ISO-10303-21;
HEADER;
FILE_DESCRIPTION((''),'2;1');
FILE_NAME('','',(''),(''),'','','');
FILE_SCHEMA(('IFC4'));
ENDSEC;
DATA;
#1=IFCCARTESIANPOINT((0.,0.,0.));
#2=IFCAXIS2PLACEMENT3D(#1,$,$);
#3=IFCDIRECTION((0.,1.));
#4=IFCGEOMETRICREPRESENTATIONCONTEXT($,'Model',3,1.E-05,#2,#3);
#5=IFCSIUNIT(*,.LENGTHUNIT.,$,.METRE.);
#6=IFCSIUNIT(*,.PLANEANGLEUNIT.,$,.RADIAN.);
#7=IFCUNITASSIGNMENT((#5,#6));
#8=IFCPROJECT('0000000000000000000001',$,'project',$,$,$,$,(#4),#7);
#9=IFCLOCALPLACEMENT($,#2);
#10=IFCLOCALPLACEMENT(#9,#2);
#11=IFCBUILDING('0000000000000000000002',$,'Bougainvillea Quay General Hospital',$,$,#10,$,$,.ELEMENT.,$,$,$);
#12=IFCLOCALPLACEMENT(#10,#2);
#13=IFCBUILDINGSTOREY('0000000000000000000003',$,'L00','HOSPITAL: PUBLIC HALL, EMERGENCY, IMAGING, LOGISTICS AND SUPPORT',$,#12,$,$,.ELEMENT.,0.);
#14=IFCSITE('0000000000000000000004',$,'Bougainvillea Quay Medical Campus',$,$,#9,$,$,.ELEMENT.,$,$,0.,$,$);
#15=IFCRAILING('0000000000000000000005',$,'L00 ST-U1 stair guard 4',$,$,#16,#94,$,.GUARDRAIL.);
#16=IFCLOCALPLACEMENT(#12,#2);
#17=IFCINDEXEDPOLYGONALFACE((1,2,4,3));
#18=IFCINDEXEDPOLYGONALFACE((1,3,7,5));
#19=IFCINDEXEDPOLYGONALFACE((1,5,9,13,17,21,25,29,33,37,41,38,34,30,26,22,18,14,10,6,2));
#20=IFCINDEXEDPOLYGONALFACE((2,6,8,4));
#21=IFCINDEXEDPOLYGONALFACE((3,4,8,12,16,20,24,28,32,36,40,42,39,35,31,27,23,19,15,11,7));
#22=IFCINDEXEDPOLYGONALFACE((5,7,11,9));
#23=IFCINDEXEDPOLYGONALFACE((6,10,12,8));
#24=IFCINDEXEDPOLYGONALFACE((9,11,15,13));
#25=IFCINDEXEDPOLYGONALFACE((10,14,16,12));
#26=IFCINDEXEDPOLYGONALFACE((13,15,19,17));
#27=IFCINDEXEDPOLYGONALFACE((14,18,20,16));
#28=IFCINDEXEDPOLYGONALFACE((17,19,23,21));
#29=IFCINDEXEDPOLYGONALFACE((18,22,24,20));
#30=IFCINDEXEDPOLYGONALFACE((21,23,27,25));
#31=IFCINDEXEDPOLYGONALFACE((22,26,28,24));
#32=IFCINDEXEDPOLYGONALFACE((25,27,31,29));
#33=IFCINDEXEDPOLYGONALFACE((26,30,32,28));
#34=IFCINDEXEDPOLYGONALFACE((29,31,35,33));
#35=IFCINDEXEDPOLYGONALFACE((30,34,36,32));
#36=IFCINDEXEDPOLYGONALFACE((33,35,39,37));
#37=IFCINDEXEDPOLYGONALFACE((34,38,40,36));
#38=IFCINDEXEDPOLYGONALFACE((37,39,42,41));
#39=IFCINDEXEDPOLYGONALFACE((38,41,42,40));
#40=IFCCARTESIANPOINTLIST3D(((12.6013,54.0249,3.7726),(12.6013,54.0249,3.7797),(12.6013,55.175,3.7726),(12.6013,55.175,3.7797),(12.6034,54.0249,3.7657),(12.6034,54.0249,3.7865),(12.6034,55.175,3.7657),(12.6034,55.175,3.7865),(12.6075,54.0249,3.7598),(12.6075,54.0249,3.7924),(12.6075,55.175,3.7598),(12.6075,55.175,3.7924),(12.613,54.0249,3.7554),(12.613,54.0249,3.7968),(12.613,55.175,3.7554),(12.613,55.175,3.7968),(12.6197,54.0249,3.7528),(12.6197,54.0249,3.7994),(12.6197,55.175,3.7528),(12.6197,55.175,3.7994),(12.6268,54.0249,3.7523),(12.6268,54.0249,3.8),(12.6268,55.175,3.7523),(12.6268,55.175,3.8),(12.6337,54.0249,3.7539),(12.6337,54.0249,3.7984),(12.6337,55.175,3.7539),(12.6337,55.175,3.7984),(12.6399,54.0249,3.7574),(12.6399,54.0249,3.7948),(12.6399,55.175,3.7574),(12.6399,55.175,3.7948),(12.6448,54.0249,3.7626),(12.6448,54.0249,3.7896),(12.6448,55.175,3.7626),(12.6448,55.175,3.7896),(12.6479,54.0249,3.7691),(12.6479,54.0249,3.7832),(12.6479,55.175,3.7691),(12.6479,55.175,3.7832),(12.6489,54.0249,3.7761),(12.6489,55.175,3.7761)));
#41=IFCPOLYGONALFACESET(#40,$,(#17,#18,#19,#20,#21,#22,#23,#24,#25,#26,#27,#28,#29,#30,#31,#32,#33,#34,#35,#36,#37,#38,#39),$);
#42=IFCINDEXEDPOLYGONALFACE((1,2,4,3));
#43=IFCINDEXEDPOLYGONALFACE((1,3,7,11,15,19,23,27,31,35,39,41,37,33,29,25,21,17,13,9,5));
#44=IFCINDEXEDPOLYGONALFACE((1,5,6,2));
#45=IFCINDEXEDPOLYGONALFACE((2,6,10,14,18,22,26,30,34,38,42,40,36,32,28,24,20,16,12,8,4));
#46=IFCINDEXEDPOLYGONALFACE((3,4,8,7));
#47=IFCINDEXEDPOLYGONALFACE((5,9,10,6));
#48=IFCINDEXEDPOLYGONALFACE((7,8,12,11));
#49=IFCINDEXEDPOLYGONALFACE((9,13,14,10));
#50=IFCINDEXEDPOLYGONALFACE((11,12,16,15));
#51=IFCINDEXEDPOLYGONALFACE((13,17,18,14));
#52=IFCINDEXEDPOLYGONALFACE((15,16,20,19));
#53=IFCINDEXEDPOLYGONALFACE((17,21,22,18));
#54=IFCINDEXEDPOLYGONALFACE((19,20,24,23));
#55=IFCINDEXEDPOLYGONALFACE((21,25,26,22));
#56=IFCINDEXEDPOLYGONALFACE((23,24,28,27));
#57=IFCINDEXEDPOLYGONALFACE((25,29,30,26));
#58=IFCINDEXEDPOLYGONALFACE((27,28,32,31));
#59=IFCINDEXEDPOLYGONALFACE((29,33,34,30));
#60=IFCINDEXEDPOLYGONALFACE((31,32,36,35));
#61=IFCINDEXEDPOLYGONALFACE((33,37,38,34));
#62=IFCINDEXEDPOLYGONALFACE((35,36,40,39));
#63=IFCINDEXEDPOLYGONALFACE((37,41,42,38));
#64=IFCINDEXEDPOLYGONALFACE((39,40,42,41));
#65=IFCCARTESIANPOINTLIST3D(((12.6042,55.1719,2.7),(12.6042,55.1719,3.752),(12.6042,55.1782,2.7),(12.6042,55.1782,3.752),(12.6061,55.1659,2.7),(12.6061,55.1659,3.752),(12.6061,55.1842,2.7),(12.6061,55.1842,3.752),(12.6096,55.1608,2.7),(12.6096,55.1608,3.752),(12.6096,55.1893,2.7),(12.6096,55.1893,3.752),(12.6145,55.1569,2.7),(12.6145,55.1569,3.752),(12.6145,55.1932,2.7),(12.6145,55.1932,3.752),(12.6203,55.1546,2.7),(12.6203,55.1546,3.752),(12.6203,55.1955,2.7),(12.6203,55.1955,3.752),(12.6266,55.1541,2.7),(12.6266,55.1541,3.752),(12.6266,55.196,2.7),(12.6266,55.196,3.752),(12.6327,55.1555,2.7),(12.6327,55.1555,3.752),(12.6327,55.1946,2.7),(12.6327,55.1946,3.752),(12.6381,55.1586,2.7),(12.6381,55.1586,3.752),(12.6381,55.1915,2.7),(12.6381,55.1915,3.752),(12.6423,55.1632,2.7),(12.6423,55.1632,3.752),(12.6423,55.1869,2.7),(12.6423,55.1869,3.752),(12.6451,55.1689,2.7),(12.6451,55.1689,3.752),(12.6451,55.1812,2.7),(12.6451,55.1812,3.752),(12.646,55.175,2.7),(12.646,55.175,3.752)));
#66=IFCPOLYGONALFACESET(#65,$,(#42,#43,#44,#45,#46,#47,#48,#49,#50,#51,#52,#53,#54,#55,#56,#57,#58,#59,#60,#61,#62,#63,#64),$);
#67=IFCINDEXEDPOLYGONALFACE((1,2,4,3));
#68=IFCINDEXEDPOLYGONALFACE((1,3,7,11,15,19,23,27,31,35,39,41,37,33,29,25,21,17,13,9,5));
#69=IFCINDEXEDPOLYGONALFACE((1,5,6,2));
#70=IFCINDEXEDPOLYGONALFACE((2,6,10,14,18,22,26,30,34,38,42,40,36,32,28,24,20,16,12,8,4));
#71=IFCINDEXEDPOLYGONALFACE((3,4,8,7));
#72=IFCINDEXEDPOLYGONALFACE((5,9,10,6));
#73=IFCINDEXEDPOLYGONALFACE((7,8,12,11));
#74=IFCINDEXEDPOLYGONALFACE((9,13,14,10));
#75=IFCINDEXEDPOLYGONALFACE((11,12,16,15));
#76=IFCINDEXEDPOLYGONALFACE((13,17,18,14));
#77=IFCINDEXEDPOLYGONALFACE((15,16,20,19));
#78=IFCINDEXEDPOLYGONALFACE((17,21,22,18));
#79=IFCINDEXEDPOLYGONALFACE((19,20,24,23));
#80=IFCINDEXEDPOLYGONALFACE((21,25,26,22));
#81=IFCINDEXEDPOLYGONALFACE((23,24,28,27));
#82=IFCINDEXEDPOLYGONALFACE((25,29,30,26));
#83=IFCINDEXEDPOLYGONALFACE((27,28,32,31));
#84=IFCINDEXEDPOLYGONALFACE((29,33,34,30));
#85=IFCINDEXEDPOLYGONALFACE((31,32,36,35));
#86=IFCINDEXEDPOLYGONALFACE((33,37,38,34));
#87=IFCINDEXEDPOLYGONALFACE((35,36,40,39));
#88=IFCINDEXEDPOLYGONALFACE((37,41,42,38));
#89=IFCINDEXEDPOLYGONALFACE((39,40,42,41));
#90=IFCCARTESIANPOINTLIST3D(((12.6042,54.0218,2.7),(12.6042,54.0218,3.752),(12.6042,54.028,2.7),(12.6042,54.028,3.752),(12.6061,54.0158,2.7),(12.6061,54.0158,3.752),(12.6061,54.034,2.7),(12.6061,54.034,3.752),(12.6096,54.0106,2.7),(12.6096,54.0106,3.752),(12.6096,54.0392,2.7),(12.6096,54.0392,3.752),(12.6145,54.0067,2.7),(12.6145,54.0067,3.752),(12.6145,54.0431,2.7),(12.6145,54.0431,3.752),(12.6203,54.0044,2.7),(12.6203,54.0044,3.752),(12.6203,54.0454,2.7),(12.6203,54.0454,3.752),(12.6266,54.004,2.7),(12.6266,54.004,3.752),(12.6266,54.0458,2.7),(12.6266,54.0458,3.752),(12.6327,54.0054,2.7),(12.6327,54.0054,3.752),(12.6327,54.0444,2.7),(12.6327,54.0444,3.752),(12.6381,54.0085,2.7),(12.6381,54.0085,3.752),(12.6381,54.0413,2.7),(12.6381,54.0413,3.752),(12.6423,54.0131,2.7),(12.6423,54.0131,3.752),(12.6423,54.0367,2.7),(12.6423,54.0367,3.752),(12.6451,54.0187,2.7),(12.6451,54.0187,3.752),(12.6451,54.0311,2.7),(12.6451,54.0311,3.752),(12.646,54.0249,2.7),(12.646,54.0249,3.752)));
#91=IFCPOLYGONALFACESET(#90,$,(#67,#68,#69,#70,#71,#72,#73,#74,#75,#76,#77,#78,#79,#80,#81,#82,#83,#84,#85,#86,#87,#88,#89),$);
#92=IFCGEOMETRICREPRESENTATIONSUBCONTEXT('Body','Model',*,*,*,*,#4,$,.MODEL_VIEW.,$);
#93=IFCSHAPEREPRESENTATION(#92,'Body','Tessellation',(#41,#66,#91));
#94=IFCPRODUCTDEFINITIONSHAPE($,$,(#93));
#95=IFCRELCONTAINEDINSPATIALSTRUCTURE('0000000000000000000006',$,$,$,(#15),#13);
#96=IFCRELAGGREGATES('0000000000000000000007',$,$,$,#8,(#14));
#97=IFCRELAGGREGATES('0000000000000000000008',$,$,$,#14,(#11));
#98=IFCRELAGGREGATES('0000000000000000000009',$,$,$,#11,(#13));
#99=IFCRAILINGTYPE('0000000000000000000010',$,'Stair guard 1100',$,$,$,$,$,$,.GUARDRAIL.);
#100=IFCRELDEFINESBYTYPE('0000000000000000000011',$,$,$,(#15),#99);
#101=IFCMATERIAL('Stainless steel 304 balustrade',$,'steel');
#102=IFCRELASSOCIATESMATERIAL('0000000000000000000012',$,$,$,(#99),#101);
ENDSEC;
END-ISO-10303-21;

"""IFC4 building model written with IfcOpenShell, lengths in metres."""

from ifc_helpers import new_model, si_unit, direction, frame, origin, origin_2d, place, context, subcontext, project, spatial, circle, extrude, material, type_object, element, save


model = new_model("IFC4")

# Units and contexts
model_context = context("Model", 3, precision=1e-05, world=origin(), true_north=direction((0.0, 1.0)))
body_context = subcontext(model_context, "Body", "Model", "MODEL_VIEW")
ifc_project = project(units=[si_unit("LENGTHUNIT", "METRE"), si_unit("PLANEANGLEUNIT", "RADIAN")], contexts=[model_context])

# Site, building, storey
site_placement = place(None, origin())
site = spatial("IfcSite", under=ifc_project, at=site_placement, Name="Bougainvillea Quay Medical Campus", CompositionType="ELEMENT", RefElevation=0.0)
building_placement = place(site_placement, origin())
building = spatial("IfcBuilding", under=site, at=building_placement, Name="Bougainvillea Quay General Hospital", CompositionType="ELEMENT")
storey_placement = place(building_placement, origin())
storey = spatial("IfcBuildingStorey", under=building, at=storey_placement, Name="L00", Description="HOSPITAL: PUBLIC HALL, EMERGENCY, IMAGING, LOGISTICS AND SUPPORT", CompositionType="ELEMENT", Elevation=0.0)

# Railing
ifc_material_1 = material(Name="Stainless steel 304 balustrade", Category="steel")
railing_type_1 = type_object("IfcRailingType", Name="Stair guard 1100", PredefinedType="GUARDRAIL", material=ifc_material_1)
railing_1_placement = place(storey_placement, frame((12.625, 55.175, 2.7)))
element("IfcRailing", 1, at=railing_1_placement, inside=storey, type_object=railing_type_1, Name="L00 ST-U1 stair guard 4", PredefinedType="GUARDRAIL", context=body_context, shape_type="SweptSolid", body=[
    extrude(circle(Radius=0.0239, at=origin_2d()), frame((0.0, 0.0, 1.0762), z_axis=(0.0, -1.0, 0.0), x_axis=(1.0, 0.0, 0.0)), (0.0, 0.0, 1.0), 1.1501),
    extrude(circle(Radius=0.021, at=origin_2d()), origin(), (0.0, 0.0, 1.0), 1.052),
    extrude(circle(Radius=0.021, at=origin_2d()), frame((0.0, -1.1501, 0.0)), (0.0, 0.0, 1.0), 1.052),
])

save(model, "model.ifc")
